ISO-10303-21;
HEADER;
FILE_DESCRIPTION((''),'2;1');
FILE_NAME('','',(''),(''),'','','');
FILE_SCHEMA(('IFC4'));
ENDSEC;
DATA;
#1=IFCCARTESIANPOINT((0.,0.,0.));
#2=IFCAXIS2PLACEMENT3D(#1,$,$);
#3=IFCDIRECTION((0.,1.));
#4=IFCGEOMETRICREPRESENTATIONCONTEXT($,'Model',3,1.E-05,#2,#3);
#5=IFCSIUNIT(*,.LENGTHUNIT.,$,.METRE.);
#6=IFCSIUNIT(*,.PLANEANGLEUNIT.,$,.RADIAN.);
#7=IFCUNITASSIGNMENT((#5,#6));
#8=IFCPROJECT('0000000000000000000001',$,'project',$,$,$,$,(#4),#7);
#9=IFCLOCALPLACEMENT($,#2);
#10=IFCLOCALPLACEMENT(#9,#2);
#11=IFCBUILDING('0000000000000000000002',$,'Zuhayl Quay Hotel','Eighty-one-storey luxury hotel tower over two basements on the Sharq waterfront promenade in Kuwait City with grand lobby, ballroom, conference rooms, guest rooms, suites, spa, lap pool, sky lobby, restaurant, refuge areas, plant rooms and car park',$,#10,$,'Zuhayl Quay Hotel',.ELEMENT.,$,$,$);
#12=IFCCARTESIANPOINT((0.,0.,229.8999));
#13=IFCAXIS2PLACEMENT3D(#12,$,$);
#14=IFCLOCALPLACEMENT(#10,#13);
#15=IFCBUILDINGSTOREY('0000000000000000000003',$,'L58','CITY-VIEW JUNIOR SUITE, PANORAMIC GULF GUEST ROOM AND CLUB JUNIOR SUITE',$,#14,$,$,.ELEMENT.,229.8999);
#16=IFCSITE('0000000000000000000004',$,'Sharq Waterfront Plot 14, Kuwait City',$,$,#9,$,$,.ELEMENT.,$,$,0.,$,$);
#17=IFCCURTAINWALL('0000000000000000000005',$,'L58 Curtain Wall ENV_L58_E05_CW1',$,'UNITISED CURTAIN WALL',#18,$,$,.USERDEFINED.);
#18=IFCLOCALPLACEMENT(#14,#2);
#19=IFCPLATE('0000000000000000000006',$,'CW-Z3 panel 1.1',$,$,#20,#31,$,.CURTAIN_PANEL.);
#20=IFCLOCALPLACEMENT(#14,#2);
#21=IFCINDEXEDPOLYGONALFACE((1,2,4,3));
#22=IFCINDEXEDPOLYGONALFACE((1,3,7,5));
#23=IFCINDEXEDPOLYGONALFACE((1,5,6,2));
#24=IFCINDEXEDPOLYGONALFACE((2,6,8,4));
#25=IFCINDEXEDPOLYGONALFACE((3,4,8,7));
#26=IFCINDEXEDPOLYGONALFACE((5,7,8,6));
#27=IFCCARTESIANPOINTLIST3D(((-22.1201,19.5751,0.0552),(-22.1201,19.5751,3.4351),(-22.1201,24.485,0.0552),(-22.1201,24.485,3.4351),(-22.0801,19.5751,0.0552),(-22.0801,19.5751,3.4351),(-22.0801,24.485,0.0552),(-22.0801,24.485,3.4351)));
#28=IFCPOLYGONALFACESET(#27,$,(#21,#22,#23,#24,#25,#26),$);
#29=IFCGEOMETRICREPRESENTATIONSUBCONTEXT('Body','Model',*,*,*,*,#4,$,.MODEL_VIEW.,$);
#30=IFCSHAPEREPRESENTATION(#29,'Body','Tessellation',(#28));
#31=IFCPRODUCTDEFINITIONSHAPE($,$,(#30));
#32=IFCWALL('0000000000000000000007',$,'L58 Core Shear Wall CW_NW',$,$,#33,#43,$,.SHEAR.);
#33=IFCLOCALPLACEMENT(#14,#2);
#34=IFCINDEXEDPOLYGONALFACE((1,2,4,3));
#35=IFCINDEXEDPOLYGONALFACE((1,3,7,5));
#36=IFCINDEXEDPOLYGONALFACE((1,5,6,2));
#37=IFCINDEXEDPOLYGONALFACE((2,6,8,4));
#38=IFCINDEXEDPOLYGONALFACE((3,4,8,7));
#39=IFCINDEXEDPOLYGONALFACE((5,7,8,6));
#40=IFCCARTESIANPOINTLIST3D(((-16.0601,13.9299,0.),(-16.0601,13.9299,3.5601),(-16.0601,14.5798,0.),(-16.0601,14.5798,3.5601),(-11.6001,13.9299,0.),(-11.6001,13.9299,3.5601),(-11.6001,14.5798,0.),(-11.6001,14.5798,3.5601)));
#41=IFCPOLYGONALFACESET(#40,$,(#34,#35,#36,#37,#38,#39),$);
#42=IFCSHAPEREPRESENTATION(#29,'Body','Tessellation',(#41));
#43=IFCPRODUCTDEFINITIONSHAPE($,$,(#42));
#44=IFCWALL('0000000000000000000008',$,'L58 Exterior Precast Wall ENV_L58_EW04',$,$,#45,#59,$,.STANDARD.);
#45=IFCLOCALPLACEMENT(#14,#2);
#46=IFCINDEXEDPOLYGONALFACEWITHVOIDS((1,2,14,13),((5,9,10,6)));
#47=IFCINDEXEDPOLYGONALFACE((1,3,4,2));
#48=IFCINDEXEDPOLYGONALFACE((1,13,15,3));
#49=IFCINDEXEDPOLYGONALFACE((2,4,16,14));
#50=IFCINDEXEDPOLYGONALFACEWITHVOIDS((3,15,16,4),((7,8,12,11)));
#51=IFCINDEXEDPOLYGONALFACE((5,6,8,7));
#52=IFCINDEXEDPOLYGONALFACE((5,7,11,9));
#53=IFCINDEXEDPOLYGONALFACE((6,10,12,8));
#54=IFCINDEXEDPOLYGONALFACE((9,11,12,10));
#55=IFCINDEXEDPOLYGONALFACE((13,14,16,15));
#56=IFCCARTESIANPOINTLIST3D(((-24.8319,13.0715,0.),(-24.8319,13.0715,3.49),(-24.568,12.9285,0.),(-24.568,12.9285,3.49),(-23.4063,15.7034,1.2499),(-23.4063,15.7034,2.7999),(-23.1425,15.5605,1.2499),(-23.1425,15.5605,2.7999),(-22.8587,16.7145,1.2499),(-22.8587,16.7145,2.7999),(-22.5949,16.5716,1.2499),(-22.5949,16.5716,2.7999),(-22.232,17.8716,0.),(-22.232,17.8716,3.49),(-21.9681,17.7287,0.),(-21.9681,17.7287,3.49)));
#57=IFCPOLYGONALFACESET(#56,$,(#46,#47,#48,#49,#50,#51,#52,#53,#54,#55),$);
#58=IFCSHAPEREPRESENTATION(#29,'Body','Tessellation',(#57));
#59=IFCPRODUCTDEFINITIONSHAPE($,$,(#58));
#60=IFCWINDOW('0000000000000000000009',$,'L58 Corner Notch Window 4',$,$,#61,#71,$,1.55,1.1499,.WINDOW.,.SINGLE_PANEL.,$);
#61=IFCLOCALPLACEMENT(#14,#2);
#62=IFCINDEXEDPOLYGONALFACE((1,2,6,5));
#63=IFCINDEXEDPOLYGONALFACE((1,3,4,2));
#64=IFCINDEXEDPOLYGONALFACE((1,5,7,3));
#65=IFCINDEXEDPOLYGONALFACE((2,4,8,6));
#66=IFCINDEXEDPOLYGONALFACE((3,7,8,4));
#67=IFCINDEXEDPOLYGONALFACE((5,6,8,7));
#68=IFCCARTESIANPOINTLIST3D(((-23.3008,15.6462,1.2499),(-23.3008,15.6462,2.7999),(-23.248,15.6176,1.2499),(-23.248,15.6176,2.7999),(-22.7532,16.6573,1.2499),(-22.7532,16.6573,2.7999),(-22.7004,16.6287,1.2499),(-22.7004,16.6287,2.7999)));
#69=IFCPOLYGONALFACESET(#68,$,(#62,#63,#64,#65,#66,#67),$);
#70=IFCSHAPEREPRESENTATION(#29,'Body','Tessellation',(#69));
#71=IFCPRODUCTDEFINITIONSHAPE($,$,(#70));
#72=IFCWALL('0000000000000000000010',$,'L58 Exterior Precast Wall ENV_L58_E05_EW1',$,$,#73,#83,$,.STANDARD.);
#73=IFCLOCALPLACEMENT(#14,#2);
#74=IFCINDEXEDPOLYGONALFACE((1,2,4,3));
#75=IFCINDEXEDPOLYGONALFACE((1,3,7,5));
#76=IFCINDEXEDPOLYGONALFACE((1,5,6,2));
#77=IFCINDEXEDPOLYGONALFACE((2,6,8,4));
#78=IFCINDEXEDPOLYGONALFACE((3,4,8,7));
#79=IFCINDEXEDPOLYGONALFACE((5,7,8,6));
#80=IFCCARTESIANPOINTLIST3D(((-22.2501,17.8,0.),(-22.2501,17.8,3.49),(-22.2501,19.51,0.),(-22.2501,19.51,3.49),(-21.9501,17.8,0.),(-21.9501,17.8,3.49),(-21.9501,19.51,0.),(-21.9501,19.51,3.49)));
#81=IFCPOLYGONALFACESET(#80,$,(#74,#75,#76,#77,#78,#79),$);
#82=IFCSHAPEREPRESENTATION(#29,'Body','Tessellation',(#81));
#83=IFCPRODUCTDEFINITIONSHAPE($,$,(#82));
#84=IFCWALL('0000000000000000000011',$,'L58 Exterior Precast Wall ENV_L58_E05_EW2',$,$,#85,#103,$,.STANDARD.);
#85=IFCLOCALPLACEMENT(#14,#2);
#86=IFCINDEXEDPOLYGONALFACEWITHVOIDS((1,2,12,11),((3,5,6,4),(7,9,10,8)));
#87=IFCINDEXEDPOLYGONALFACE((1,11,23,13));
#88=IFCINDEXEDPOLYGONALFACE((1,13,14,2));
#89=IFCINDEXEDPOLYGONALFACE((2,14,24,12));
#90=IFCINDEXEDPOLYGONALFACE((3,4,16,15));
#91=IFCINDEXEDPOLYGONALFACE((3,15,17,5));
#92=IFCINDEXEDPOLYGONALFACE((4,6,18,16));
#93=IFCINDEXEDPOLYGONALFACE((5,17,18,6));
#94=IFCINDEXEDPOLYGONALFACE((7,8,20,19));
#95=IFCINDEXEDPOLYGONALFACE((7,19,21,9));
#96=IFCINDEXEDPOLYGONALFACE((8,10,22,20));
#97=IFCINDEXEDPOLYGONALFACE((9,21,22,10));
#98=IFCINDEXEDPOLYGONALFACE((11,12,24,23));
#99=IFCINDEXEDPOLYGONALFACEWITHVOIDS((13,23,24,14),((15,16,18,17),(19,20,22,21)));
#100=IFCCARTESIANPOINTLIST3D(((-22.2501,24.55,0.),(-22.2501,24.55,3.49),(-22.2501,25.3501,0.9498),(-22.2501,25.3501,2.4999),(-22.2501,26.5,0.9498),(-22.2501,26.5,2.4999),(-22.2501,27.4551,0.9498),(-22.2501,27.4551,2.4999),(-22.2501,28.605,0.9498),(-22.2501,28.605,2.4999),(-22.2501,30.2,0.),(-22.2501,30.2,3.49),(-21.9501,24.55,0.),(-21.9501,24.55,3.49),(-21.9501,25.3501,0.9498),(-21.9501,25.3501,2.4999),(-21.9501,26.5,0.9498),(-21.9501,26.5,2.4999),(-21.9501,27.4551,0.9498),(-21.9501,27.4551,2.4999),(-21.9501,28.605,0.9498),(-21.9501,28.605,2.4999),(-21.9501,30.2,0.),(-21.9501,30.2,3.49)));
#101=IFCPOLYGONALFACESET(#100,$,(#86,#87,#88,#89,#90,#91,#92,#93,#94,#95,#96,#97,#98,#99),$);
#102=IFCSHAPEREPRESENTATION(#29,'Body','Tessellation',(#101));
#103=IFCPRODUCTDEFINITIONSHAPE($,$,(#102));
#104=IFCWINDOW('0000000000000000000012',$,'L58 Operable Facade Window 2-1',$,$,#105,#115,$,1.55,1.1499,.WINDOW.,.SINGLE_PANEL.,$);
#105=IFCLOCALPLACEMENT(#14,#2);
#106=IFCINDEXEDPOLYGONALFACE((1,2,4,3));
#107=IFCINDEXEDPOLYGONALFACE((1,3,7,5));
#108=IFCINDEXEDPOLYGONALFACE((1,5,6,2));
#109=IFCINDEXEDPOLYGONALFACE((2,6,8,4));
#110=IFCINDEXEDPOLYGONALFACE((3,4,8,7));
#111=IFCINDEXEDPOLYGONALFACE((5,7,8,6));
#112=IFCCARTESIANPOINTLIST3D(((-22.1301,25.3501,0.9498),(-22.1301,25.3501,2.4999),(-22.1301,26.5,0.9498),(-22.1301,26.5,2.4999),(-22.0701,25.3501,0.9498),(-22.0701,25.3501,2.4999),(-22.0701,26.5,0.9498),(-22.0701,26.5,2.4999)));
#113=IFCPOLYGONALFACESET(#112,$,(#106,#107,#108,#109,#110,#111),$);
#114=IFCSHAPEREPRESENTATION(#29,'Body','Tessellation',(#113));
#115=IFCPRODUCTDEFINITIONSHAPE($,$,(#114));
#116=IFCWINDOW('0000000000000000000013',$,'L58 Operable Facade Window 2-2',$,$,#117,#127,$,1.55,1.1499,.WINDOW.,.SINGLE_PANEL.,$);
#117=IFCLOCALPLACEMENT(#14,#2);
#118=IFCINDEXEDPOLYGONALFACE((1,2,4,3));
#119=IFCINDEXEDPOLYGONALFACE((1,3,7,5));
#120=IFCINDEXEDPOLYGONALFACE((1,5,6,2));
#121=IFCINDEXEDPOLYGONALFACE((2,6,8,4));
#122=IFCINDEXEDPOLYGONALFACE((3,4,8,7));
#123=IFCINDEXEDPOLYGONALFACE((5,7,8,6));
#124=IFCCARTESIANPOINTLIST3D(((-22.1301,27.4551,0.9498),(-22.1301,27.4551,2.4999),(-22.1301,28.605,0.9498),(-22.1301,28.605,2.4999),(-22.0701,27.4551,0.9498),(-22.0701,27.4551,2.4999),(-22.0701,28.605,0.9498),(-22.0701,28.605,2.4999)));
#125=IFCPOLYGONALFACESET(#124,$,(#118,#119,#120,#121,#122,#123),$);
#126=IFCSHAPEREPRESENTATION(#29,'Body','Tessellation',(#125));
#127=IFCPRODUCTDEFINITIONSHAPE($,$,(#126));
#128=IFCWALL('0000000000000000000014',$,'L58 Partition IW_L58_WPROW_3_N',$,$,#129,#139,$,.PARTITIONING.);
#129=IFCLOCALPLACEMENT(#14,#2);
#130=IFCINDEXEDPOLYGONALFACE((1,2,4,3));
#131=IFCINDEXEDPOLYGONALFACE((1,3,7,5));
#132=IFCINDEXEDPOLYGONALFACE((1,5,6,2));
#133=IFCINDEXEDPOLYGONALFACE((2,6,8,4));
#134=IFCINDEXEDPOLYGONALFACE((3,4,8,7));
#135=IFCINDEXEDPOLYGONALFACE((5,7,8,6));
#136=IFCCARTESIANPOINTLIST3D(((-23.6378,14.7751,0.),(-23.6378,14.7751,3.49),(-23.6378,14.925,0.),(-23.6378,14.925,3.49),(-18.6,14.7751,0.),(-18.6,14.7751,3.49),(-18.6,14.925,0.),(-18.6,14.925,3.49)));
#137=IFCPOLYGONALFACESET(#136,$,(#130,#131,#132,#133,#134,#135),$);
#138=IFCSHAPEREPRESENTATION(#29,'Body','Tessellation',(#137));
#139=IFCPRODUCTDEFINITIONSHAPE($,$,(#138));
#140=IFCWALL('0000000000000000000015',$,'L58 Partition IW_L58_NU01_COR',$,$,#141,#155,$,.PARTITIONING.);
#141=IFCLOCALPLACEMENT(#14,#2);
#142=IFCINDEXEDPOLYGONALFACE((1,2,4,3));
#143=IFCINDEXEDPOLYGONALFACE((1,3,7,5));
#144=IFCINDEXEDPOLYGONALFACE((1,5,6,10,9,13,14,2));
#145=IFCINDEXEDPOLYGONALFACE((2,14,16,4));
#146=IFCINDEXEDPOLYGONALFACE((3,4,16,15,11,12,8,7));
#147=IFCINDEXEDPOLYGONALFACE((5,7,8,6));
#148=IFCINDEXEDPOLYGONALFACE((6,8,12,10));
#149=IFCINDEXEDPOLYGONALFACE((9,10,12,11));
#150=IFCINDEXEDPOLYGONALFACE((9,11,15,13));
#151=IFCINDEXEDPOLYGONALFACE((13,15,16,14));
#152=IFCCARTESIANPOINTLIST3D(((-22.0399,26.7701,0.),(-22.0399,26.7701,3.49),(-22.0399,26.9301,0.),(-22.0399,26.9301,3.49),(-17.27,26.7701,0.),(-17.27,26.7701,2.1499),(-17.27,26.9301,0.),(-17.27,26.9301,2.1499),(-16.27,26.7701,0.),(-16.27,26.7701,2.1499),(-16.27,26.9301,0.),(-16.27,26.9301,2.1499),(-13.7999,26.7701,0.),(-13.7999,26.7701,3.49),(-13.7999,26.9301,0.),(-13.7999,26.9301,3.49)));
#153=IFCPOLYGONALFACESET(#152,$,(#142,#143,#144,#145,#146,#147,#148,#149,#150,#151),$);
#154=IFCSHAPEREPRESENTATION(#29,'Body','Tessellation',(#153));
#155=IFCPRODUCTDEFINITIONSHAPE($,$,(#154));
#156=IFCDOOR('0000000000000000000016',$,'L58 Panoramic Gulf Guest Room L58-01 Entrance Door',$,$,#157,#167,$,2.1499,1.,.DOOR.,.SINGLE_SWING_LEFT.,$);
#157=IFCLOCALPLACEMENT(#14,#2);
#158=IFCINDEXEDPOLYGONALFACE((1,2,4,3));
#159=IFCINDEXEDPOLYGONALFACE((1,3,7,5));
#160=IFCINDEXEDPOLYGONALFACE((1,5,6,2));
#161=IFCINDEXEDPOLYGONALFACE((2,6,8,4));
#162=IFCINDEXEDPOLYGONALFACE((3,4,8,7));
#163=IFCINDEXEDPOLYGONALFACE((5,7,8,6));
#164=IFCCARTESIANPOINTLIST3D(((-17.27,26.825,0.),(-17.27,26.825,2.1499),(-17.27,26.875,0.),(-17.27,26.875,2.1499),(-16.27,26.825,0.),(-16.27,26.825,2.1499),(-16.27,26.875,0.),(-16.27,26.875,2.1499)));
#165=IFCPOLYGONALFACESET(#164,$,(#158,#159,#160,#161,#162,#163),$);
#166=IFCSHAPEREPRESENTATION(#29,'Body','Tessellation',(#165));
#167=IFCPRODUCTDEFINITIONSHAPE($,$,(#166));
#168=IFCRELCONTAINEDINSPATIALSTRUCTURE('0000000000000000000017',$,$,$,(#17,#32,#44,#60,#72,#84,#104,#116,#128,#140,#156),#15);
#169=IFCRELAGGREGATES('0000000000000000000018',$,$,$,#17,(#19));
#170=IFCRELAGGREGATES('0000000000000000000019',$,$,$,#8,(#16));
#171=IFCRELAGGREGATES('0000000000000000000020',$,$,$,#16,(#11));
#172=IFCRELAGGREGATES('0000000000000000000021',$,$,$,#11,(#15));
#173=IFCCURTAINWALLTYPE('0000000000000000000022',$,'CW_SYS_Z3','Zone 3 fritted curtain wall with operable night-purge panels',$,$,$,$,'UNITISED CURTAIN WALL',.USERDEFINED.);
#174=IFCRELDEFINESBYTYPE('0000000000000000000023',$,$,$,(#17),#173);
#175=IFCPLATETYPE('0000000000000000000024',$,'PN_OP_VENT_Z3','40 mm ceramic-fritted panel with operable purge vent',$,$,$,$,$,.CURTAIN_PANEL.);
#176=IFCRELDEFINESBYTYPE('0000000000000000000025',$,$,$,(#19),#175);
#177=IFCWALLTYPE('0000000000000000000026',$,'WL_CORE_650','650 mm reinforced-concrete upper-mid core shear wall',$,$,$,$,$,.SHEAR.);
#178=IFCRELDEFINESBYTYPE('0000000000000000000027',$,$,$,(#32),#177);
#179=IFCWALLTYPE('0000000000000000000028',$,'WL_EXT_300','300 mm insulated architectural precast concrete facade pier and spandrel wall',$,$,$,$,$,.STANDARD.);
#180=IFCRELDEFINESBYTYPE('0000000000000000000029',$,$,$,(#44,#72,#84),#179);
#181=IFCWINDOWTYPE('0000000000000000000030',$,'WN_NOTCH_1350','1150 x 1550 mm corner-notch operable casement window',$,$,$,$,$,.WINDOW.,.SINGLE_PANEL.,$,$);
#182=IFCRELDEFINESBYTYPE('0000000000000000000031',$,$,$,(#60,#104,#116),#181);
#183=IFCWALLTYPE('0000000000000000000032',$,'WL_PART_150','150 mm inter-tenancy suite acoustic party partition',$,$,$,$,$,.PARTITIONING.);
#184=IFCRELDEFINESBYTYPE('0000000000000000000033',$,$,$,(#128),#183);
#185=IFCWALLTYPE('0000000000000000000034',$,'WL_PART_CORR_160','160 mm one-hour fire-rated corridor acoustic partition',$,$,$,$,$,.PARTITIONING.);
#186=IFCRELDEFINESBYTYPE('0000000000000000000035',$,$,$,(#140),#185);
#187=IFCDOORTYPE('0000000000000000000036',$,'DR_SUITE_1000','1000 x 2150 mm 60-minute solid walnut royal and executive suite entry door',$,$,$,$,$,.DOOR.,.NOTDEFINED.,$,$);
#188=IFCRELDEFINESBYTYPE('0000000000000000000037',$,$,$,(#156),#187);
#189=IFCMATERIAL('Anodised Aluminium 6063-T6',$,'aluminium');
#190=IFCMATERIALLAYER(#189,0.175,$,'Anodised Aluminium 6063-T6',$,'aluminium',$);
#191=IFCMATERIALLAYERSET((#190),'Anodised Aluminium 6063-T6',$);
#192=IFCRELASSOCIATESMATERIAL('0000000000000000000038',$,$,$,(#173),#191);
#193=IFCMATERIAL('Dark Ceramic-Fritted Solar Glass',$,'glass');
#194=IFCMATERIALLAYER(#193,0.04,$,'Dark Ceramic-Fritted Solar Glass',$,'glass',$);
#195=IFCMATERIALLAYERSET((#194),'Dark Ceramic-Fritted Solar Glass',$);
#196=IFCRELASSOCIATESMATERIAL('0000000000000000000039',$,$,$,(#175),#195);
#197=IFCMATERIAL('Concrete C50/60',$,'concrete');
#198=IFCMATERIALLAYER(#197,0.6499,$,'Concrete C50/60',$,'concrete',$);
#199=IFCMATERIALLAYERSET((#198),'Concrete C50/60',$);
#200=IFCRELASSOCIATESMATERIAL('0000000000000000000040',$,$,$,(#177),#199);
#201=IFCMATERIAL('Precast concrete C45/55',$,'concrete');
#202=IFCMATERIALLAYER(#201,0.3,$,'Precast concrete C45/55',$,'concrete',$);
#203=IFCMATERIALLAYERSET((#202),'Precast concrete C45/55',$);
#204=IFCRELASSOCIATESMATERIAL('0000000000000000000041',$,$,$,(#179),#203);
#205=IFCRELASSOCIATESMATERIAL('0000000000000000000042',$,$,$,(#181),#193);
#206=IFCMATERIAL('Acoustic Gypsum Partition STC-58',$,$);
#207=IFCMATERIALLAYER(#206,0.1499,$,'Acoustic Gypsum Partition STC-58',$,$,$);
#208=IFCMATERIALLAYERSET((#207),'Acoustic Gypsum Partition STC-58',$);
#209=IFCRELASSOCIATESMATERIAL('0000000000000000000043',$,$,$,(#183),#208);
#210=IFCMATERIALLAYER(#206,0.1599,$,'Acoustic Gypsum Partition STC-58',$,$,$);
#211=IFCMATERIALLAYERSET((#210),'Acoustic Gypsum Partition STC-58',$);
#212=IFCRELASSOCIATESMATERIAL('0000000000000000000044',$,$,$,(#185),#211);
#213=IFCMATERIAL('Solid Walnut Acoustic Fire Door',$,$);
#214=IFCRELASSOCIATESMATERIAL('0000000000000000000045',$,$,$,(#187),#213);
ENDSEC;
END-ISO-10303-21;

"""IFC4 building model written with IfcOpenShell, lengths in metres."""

from ifc_helpers import new_model, si_unit, direction, frame, frame_2d, origin, origin_2d, place, context, subcontext, project, spatial, rectangle, extrude, material, layer, layer_set, type_object, element, fill, aggregate, save


model = new_model("IFC4")

# Units and contexts
model_context = context("Model", 3, precision=1e-05, world=origin(), true_north=direction((0.0, 1.0)))
body_context = subcontext(model_context, "Body", "Model", "MODEL_VIEW")
ifc_project = project(units=[si_unit("LENGTHUNIT", "METRE"), si_unit("PLANEANGLEUNIT", "RADIAN")], contexts=[model_context])

# Site, building, storey
site_placement = place(None, origin())
site = spatial("IfcSite", under=ifc_project, at=site_placement, Name="Sharq Waterfront Plot 14, Kuwait City", CompositionType="ELEMENT", RefElevation=0.0)
building_placement = place(site_placement, origin())
building = spatial("IfcBuilding", under=site, at=building_placement, Name="Zuhayl Quay Hotel", Description="Eighty-one-storey luxury hotel tower over two basements on the Sharq waterfront promenade in Kuwait City with grand lobby, ballroom, conference rooms, guest rooms, suites, spa, lap pool, sky lobby, restaurant, refuge areas, plant rooms and car park", LongName="Zuhayl Quay Hotel", CompositionType="ELEMENT")
storey_placement = place(building_placement, frame((0.0, 0.0, 229.8999)))
storey = spatial("IfcBuildingStorey", under=building, at=storey_placement, Name="L58", Description="CITY-VIEW JUNIOR SUITE, PANORAMIC GULF GUEST ROOM AND CLUB JUNIOR SUITE", CompositionType="ELEMENT", Elevation=229.8999)

# Curtain wall, plate
ifc_material_1 = material(Name="Anodised Aluminium 6063-T6", Category="aluminium")
ifc_layer_1 = layer(ifc_material_1, 0.175, Name="Anodised Aluminium 6063-T6", Category="aluminium")
ifc_layer_set_1 = layer_set([ifc_layer_1], Name="Anodised Aluminium 6063-T6")
curtain_wall_type = type_object("IfcCurtainWallType", Name="CW_SYS_Z3", Description="Zone 3 fritted curtain wall with operable night-purge panels", ElementType="UNITISED CURTAIN WALL", PredefinedType="USERDEFINED", material=ifc_layer_set_1)
curtain_wall_placement = place(storey_placement, origin())
curtain_wall = element("IfcCurtainWall", 1, at=curtain_wall_placement, inside=storey, type_object=curtain_wall_type, Name="L58 Curtain Wall ENV_L58_E05_CW1", ObjectType="UNITISED CURTAIN WALL", PredefinedType="USERDEFINED")
ifc_material_2 = material(Name="Dark Ceramic-Fritted Solar Glass", Category="glass")
ifc_layer_2 = layer(ifc_material_2, 0.04, Name="Dark Ceramic-Fritted Solar Glass", Category="glass")
ifc_layer_set_2 = layer_set([ifc_layer_2], Name="Dark Ceramic-Fritted Solar Glass")
plate_type = type_object("IfcPlateType", Name="PN_OP_VENT_Z3", Description="40 mm ceramic-fritted panel with operable purge vent", PredefinedType="CURTAIN_PANEL", material=ifc_layer_set_2)
plate_placement = place(storey_placement, frame((-22.1001, 22.03, 0.0552), z_axis=(0.0, 0.0, 1.0), x_axis=(0.0, 1.0, 0.0)))
plate = element("IfcPlate", 2, at=plate_placement, type_object=plate_type, Name="CW-Z3 panel 1.1", PredefinedType="CURTAIN_PANEL", context=body_context, shape_type="SweptSolid", body=[
    extrude(rectangle(XDim=4.9099, YDim=0.04, at=origin_2d()), origin(), (0.0, 0.0, 1.0), 3.3799),
])
aggregate(curtain_wall, [plate])

# Wall
ifc_material_3 = material(Name="Concrete C50/60", Category="concrete")
ifc_layer_3 = layer(ifc_material_3, 0.6499, Name="Concrete C50/60", Category="concrete")
ifc_layer_set_3 = layer_set([ifc_layer_3], Name="Concrete C50/60")
wall_type_1 = type_object("IfcWallType", Name="WL_CORE_650", Description="650 mm reinforced-concrete upper-mid core shear wall", PredefinedType="SHEAR", material=ifc_layer_set_3)
wall_1_placement = place(storey_placement, frame((-16.0601, 14.2549, 0.0), z_axis=(0.0, 0.0, 1.0), x_axis=(1.0, 0.0, 0.0)))
element("IfcWall", 3, at=wall_1_placement, inside=storey, type_object=wall_type_1, Name="L58 Core Shear Wall CW_NW", PredefinedType="SHEAR", context=body_context, shape_type="SweptSolid", body=[
    extrude(rectangle(XDim=4.46, YDim=0.6499, at=frame_2d((2.23, 0.0))), origin(), (0.0, 0.0, 1.0), 3.5601),
])

# Wall, opening, window
ifc_material_4 = material(Name="Precast concrete C45/55", Category="concrete")
ifc_layer_4 = layer(ifc_material_4, 0.3, Name="Precast concrete C45/55", Category="concrete")
ifc_layer_set_4 = layer_set([ifc_layer_4], Name="Precast concrete C45/55")
wall_type_2 = type_object("IfcWallType", Name="WL_EXT_300", Description="300 mm insulated architectural precast concrete facade pier and spandrel wall", PredefinedType="STANDARD", material=ifc_layer_set_4)
wall_2_placement = place(storey_placement, frame((-24.7, 13.0, 0.0), z_axis=(0.0, 0.0, 1.0), x_axis=(0.476259, 0.879305, 0.0)))
wall_2 = element("IfcWall", 4, at=wall_2_placement, inside=storey, type_object=wall_type_2, Name="L58 Exterior Precast Wall ENV_L58_EW04", PredefinedType="STANDARD", context=body_context, shape_type="SweptSolid", body=[
    extrude(rectangle(XDim=5.459, YDim=0.3, at=frame_2d((2.7295, 0.0))), origin(), (0.0, 0.0, 1.0), 3.49),
])
opening_1_placement = place(wall_2_placement, frame((2.9932, 0.0, 1.25)))
opening_1 = element("IfcOpeningElement", 5, at=opening_1_placement, cuts=wall_2, PredefinedType="OPENING", context=body_context, shape_type="SweptSolid", body=[
    extrude(rectangle(XDim=1.1499, YDim=1.55, at=frame_2d((0.575, 0.7749))), frame((0.0, 0.1599, 0.0), z_axis=(0.0, -1.0, 0.0), x_axis=(1.0, 0.0, 0.0)), (0.0, 0.0, 1.0), 0.3201),
])
window_type = type_object("IfcWindowType", Name="WN_NOTCH_1350", Description="1150 x 1550 mm corner-notch operable casement window", PartitioningType="SINGLE_PANEL", PredefinedType="WINDOW", material=ifc_material_2)
window_1_placement = place(opening_1_placement, origin())
window_1 = element("IfcWindow", 6, at=window_1_placement, inside=storey, type_object=window_type, Name="L58 Corner Notch Window 4", OverallHeight=1.55, OverallWidth=1.1499, PartitioningType="SINGLE_PANEL", PredefinedType="WINDOW", context=body_context, shape_type="SweptSolid", body=[
    extrude(rectangle(XDim=1.1499, YDim=1.55, at=frame_2d((0.575, 0.7749))), frame((0.0, 0.03, 0.0), z_axis=(0.0, -1.0, 0.0), x_axis=(1.0, 0.0, 0.0)), (0.0, 0.0, 1.0), 0.0601),
])
fill(opening_1, window_1)

# Wall
wall_3_placement = place(storey_placement, frame((-22.1001, 17.8, 0.0), z_axis=(0.0, 0.0, 1.0), x_axis=(0.0, 1.0, 0.0)))
element("IfcWall", 7, at=wall_3_placement, inside=storey, type_object=wall_type_2, Name="L58 Exterior Precast Wall ENV_L58_E05_EW1", PredefinedType="STANDARD", context=body_context, shape_type="SweptSolid", body=[
    extrude(rectangle(XDim=1.71, YDim=0.3, at=frame_2d((0.855, 0.0))), origin(), (0.0, 0.0, 1.0), 3.49),
])

# Wall, openings, windows
wall_4_placement = place(storey_placement, frame((-22.1001, 24.55, 0.0), z_axis=(0.0, 0.0, 1.0), x_axis=(0.0, 1.0, 0.0)))
wall_4 = element("IfcWall", 8, at=wall_4_placement, inside=storey, type_object=wall_type_2, Name="L58 Exterior Precast Wall ENV_L58_E05_EW2", PredefinedType="STANDARD", context=body_context, shape_type="SweptSolid", body=[
    extrude(rectangle(XDim=5.6499, YDim=0.3, at=frame_2d((2.825, 0.0))), origin(), (0.0, 0.0, 1.0), 3.49),
])
opening_2_placement = place(wall_4_placement, frame((0.8, 0.0, 0.95)))
opening_2 = element("IfcOpeningElement", 9, at=opening_2_placement, cuts=wall_4, PredefinedType="OPENING", context=body_context, shape_type="SweptSolid", body=[
    extrude(rectangle(XDim=1.1499, YDim=1.55, at=frame_2d((0.575, 0.7749))), frame((0.0, 0.1599, 0.0), z_axis=(0.0, -1.0, 0.0), x_axis=(1.0, 0.0, 0.0)), (0.0, 0.0, 1.0), 0.3201),
])
opening_3_placement = place(wall_4_placement, frame((2.905, 0.0, 0.95)))
opening_3 = element("IfcOpeningElement", 10, at=opening_3_placement, cuts=wall_4, PredefinedType="OPENING", context=body_context, shape_type="SweptSolid", body=[
    extrude(rectangle(XDim=1.1499, YDim=1.55, at=frame_2d((0.575, 0.7749))), frame((0.0, 0.1599, 0.0), z_axis=(0.0, -1.0, 0.0), x_axis=(1.0, 0.0, 0.0)), (0.0, 0.0, 1.0), 0.3201),
])
window_2_placement = place(opening_2_placement, origin())
window_2 = element("IfcWindow", 11, at=window_2_placement, inside=storey, type_object=window_type, Name="L58 Operable Facade Window 2-1", OverallHeight=1.55, OverallWidth=1.1499, PartitioningType="SINGLE_PANEL", PredefinedType="WINDOW", context=body_context, shape_type="SweptSolid", body=[
    extrude(rectangle(XDim=1.1499, YDim=1.55, at=frame_2d((0.575, 0.7749))), frame((0.0, 0.03, 0.0), z_axis=(0.0, -1.0, 0.0), x_axis=(1.0, 0.0, 0.0)), (0.0, 0.0, 1.0), 0.0601),
])
fill(opening_2, window_2)
window_3_placement = place(opening_3_placement, origin())
window_3 = element("IfcWindow", 12, at=window_3_placement, inside=storey, type_object=window_type, Name="L58 Operable Facade Window 2-2", OverallHeight=1.55, OverallWidth=1.1499, PartitioningType="SINGLE_PANEL", PredefinedType="WINDOW", context=body_context, shape_type="SweptSolid", body=[
    extrude(rectangle(XDim=1.1499, YDim=1.55, at=frame_2d((0.575, 0.7749))), frame((0.0, 0.03, 0.0), z_axis=(0.0, -1.0, 0.0), x_axis=(1.0, 0.0, 0.0)), (0.0, 0.0, 1.0), 0.0601),
])
fill(opening_3, window_3)

# Wall
ifc_material_5 = material(Name="Acoustic Gypsum Partition STC-58")
ifc_layer_5 = layer(ifc_material_5, 0.1499, Name="Acoustic Gypsum Partition STC-58")
ifc_layer_set_5 = layer_set([ifc_layer_5], Name="Acoustic Gypsum Partition STC-58")
wall_type_3 = type_object("IfcWallType", Name="WL_PART_150", Description="150 mm inter-tenancy suite acoustic party partition", PredefinedType="PARTITIONING", material=ifc_layer_set_5)
wall_5_placement = place(storey_placement, frame((-23.6379, 14.8501, 0.0), z_axis=(0.0, 0.0, 1.0), x_axis=(1.0, 0.0, 0.0)))
element("IfcWall", 13, at=wall_5_placement, inside=storey, type_object=wall_type_3, Name="L58 Partition IW_L58_WPROW_3_N", PredefinedType="PARTITIONING", context=body_context, shape_type="SweptSolid", body=[
    extrude(rectangle(XDim=5.0378, YDim=0.1499, at=frame_2d((2.519, 0.0))), origin(), (0.0, 0.0, 1.0), 3.49),
])

# Wall, opening, door
ifc_layer_6 = layer(ifc_material_5, 0.1599, Name="Acoustic Gypsum Partition STC-58")
ifc_layer_set_6 = layer_set([ifc_layer_6], Name="Acoustic Gypsum Partition STC-58")
wall_type_4 = type_object("IfcWallType", Name="WL_PART_CORR_160", Description="160 mm one-hour fire-rated corridor acoustic partition", PredefinedType="PARTITIONING", material=ifc_layer_set_6)
wall_6_placement = place(storey_placement, frame((-22.04, 26.8501, 0.0), z_axis=(0.0, 0.0, 1.0), x_axis=(1.0, 0.0, 0.0)))
wall_6 = element("IfcWall", 14, at=wall_6_placement, inside=storey, type_object=wall_type_4, Name="L58 Partition IW_L58_NU01_COR", PredefinedType="PARTITIONING", context=body_context, shape_type="SweptSolid", body=[
    extrude(rectangle(XDim=8.24, YDim=0.1599, at=frame_2d((4.1201, 0.0))), origin(), (0.0, 0.0, 1.0), 3.49),
])
opening_4_placement = place(wall_6_placement, frame((4.77, 0.0, 0.0)))
opening_4 = element("IfcOpeningElement", 15, at=opening_4_placement, cuts=wall_6, PredefinedType="OPENING", context=body_context, shape_type="SweptSolid", body=[
    extrude(rectangle(XDim=1.0, YDim=2.1499, at=frame_2d((0.5, 1.075))), frame((0.0, 0.0898, 0.0), z_axis=(0.0, -1.0, 0.0), x_axis=(1.0, 0.0, 0.0)), (0.0, 0.0, 1.0), 0.1799),
])
ifc_material_6 = material(Name="Solid Walnut Acoustic Fire Door")
door_type_1 = type_object("IfcDoorType", Name="DR_SUITE_1000", Description="1000 x 2150 mm 60-minute solid walnut royal and executive suite entry door", OperationType="NOTDEFINED", PredefinedType="DOOR", material=ifc_material_6)
door_1_placement = place(opening_4_placement, origin())
door_1 = element("IfcDoor", 16, at=door_1_placement, inside=storey, type_object=door_type_1, Name="L58 Panoramic Gulf Guest Room L58-01 Entrance Door", OperationType="SINGLE_SWING_LEFT", OverallHeight=2.1499, OverallWidth=1.0, PredefinedType="DOOR", context=body_context, shape_type="SweptSolid", body=[
    extrude(rectangle(XDim=1.0, YDim=2.1499, at=frame_2d((0.5, 1.075))), frame((0.0, 0.0249, 0.0), z_axis=(0.0, -1.0, 0.0), x_axis=(1.0, 0.0, 0.0)), (0.0, 0.0, 1.0), 0.05),
])
fill(opening_4, door_1)

save(model, "model.ifc")
